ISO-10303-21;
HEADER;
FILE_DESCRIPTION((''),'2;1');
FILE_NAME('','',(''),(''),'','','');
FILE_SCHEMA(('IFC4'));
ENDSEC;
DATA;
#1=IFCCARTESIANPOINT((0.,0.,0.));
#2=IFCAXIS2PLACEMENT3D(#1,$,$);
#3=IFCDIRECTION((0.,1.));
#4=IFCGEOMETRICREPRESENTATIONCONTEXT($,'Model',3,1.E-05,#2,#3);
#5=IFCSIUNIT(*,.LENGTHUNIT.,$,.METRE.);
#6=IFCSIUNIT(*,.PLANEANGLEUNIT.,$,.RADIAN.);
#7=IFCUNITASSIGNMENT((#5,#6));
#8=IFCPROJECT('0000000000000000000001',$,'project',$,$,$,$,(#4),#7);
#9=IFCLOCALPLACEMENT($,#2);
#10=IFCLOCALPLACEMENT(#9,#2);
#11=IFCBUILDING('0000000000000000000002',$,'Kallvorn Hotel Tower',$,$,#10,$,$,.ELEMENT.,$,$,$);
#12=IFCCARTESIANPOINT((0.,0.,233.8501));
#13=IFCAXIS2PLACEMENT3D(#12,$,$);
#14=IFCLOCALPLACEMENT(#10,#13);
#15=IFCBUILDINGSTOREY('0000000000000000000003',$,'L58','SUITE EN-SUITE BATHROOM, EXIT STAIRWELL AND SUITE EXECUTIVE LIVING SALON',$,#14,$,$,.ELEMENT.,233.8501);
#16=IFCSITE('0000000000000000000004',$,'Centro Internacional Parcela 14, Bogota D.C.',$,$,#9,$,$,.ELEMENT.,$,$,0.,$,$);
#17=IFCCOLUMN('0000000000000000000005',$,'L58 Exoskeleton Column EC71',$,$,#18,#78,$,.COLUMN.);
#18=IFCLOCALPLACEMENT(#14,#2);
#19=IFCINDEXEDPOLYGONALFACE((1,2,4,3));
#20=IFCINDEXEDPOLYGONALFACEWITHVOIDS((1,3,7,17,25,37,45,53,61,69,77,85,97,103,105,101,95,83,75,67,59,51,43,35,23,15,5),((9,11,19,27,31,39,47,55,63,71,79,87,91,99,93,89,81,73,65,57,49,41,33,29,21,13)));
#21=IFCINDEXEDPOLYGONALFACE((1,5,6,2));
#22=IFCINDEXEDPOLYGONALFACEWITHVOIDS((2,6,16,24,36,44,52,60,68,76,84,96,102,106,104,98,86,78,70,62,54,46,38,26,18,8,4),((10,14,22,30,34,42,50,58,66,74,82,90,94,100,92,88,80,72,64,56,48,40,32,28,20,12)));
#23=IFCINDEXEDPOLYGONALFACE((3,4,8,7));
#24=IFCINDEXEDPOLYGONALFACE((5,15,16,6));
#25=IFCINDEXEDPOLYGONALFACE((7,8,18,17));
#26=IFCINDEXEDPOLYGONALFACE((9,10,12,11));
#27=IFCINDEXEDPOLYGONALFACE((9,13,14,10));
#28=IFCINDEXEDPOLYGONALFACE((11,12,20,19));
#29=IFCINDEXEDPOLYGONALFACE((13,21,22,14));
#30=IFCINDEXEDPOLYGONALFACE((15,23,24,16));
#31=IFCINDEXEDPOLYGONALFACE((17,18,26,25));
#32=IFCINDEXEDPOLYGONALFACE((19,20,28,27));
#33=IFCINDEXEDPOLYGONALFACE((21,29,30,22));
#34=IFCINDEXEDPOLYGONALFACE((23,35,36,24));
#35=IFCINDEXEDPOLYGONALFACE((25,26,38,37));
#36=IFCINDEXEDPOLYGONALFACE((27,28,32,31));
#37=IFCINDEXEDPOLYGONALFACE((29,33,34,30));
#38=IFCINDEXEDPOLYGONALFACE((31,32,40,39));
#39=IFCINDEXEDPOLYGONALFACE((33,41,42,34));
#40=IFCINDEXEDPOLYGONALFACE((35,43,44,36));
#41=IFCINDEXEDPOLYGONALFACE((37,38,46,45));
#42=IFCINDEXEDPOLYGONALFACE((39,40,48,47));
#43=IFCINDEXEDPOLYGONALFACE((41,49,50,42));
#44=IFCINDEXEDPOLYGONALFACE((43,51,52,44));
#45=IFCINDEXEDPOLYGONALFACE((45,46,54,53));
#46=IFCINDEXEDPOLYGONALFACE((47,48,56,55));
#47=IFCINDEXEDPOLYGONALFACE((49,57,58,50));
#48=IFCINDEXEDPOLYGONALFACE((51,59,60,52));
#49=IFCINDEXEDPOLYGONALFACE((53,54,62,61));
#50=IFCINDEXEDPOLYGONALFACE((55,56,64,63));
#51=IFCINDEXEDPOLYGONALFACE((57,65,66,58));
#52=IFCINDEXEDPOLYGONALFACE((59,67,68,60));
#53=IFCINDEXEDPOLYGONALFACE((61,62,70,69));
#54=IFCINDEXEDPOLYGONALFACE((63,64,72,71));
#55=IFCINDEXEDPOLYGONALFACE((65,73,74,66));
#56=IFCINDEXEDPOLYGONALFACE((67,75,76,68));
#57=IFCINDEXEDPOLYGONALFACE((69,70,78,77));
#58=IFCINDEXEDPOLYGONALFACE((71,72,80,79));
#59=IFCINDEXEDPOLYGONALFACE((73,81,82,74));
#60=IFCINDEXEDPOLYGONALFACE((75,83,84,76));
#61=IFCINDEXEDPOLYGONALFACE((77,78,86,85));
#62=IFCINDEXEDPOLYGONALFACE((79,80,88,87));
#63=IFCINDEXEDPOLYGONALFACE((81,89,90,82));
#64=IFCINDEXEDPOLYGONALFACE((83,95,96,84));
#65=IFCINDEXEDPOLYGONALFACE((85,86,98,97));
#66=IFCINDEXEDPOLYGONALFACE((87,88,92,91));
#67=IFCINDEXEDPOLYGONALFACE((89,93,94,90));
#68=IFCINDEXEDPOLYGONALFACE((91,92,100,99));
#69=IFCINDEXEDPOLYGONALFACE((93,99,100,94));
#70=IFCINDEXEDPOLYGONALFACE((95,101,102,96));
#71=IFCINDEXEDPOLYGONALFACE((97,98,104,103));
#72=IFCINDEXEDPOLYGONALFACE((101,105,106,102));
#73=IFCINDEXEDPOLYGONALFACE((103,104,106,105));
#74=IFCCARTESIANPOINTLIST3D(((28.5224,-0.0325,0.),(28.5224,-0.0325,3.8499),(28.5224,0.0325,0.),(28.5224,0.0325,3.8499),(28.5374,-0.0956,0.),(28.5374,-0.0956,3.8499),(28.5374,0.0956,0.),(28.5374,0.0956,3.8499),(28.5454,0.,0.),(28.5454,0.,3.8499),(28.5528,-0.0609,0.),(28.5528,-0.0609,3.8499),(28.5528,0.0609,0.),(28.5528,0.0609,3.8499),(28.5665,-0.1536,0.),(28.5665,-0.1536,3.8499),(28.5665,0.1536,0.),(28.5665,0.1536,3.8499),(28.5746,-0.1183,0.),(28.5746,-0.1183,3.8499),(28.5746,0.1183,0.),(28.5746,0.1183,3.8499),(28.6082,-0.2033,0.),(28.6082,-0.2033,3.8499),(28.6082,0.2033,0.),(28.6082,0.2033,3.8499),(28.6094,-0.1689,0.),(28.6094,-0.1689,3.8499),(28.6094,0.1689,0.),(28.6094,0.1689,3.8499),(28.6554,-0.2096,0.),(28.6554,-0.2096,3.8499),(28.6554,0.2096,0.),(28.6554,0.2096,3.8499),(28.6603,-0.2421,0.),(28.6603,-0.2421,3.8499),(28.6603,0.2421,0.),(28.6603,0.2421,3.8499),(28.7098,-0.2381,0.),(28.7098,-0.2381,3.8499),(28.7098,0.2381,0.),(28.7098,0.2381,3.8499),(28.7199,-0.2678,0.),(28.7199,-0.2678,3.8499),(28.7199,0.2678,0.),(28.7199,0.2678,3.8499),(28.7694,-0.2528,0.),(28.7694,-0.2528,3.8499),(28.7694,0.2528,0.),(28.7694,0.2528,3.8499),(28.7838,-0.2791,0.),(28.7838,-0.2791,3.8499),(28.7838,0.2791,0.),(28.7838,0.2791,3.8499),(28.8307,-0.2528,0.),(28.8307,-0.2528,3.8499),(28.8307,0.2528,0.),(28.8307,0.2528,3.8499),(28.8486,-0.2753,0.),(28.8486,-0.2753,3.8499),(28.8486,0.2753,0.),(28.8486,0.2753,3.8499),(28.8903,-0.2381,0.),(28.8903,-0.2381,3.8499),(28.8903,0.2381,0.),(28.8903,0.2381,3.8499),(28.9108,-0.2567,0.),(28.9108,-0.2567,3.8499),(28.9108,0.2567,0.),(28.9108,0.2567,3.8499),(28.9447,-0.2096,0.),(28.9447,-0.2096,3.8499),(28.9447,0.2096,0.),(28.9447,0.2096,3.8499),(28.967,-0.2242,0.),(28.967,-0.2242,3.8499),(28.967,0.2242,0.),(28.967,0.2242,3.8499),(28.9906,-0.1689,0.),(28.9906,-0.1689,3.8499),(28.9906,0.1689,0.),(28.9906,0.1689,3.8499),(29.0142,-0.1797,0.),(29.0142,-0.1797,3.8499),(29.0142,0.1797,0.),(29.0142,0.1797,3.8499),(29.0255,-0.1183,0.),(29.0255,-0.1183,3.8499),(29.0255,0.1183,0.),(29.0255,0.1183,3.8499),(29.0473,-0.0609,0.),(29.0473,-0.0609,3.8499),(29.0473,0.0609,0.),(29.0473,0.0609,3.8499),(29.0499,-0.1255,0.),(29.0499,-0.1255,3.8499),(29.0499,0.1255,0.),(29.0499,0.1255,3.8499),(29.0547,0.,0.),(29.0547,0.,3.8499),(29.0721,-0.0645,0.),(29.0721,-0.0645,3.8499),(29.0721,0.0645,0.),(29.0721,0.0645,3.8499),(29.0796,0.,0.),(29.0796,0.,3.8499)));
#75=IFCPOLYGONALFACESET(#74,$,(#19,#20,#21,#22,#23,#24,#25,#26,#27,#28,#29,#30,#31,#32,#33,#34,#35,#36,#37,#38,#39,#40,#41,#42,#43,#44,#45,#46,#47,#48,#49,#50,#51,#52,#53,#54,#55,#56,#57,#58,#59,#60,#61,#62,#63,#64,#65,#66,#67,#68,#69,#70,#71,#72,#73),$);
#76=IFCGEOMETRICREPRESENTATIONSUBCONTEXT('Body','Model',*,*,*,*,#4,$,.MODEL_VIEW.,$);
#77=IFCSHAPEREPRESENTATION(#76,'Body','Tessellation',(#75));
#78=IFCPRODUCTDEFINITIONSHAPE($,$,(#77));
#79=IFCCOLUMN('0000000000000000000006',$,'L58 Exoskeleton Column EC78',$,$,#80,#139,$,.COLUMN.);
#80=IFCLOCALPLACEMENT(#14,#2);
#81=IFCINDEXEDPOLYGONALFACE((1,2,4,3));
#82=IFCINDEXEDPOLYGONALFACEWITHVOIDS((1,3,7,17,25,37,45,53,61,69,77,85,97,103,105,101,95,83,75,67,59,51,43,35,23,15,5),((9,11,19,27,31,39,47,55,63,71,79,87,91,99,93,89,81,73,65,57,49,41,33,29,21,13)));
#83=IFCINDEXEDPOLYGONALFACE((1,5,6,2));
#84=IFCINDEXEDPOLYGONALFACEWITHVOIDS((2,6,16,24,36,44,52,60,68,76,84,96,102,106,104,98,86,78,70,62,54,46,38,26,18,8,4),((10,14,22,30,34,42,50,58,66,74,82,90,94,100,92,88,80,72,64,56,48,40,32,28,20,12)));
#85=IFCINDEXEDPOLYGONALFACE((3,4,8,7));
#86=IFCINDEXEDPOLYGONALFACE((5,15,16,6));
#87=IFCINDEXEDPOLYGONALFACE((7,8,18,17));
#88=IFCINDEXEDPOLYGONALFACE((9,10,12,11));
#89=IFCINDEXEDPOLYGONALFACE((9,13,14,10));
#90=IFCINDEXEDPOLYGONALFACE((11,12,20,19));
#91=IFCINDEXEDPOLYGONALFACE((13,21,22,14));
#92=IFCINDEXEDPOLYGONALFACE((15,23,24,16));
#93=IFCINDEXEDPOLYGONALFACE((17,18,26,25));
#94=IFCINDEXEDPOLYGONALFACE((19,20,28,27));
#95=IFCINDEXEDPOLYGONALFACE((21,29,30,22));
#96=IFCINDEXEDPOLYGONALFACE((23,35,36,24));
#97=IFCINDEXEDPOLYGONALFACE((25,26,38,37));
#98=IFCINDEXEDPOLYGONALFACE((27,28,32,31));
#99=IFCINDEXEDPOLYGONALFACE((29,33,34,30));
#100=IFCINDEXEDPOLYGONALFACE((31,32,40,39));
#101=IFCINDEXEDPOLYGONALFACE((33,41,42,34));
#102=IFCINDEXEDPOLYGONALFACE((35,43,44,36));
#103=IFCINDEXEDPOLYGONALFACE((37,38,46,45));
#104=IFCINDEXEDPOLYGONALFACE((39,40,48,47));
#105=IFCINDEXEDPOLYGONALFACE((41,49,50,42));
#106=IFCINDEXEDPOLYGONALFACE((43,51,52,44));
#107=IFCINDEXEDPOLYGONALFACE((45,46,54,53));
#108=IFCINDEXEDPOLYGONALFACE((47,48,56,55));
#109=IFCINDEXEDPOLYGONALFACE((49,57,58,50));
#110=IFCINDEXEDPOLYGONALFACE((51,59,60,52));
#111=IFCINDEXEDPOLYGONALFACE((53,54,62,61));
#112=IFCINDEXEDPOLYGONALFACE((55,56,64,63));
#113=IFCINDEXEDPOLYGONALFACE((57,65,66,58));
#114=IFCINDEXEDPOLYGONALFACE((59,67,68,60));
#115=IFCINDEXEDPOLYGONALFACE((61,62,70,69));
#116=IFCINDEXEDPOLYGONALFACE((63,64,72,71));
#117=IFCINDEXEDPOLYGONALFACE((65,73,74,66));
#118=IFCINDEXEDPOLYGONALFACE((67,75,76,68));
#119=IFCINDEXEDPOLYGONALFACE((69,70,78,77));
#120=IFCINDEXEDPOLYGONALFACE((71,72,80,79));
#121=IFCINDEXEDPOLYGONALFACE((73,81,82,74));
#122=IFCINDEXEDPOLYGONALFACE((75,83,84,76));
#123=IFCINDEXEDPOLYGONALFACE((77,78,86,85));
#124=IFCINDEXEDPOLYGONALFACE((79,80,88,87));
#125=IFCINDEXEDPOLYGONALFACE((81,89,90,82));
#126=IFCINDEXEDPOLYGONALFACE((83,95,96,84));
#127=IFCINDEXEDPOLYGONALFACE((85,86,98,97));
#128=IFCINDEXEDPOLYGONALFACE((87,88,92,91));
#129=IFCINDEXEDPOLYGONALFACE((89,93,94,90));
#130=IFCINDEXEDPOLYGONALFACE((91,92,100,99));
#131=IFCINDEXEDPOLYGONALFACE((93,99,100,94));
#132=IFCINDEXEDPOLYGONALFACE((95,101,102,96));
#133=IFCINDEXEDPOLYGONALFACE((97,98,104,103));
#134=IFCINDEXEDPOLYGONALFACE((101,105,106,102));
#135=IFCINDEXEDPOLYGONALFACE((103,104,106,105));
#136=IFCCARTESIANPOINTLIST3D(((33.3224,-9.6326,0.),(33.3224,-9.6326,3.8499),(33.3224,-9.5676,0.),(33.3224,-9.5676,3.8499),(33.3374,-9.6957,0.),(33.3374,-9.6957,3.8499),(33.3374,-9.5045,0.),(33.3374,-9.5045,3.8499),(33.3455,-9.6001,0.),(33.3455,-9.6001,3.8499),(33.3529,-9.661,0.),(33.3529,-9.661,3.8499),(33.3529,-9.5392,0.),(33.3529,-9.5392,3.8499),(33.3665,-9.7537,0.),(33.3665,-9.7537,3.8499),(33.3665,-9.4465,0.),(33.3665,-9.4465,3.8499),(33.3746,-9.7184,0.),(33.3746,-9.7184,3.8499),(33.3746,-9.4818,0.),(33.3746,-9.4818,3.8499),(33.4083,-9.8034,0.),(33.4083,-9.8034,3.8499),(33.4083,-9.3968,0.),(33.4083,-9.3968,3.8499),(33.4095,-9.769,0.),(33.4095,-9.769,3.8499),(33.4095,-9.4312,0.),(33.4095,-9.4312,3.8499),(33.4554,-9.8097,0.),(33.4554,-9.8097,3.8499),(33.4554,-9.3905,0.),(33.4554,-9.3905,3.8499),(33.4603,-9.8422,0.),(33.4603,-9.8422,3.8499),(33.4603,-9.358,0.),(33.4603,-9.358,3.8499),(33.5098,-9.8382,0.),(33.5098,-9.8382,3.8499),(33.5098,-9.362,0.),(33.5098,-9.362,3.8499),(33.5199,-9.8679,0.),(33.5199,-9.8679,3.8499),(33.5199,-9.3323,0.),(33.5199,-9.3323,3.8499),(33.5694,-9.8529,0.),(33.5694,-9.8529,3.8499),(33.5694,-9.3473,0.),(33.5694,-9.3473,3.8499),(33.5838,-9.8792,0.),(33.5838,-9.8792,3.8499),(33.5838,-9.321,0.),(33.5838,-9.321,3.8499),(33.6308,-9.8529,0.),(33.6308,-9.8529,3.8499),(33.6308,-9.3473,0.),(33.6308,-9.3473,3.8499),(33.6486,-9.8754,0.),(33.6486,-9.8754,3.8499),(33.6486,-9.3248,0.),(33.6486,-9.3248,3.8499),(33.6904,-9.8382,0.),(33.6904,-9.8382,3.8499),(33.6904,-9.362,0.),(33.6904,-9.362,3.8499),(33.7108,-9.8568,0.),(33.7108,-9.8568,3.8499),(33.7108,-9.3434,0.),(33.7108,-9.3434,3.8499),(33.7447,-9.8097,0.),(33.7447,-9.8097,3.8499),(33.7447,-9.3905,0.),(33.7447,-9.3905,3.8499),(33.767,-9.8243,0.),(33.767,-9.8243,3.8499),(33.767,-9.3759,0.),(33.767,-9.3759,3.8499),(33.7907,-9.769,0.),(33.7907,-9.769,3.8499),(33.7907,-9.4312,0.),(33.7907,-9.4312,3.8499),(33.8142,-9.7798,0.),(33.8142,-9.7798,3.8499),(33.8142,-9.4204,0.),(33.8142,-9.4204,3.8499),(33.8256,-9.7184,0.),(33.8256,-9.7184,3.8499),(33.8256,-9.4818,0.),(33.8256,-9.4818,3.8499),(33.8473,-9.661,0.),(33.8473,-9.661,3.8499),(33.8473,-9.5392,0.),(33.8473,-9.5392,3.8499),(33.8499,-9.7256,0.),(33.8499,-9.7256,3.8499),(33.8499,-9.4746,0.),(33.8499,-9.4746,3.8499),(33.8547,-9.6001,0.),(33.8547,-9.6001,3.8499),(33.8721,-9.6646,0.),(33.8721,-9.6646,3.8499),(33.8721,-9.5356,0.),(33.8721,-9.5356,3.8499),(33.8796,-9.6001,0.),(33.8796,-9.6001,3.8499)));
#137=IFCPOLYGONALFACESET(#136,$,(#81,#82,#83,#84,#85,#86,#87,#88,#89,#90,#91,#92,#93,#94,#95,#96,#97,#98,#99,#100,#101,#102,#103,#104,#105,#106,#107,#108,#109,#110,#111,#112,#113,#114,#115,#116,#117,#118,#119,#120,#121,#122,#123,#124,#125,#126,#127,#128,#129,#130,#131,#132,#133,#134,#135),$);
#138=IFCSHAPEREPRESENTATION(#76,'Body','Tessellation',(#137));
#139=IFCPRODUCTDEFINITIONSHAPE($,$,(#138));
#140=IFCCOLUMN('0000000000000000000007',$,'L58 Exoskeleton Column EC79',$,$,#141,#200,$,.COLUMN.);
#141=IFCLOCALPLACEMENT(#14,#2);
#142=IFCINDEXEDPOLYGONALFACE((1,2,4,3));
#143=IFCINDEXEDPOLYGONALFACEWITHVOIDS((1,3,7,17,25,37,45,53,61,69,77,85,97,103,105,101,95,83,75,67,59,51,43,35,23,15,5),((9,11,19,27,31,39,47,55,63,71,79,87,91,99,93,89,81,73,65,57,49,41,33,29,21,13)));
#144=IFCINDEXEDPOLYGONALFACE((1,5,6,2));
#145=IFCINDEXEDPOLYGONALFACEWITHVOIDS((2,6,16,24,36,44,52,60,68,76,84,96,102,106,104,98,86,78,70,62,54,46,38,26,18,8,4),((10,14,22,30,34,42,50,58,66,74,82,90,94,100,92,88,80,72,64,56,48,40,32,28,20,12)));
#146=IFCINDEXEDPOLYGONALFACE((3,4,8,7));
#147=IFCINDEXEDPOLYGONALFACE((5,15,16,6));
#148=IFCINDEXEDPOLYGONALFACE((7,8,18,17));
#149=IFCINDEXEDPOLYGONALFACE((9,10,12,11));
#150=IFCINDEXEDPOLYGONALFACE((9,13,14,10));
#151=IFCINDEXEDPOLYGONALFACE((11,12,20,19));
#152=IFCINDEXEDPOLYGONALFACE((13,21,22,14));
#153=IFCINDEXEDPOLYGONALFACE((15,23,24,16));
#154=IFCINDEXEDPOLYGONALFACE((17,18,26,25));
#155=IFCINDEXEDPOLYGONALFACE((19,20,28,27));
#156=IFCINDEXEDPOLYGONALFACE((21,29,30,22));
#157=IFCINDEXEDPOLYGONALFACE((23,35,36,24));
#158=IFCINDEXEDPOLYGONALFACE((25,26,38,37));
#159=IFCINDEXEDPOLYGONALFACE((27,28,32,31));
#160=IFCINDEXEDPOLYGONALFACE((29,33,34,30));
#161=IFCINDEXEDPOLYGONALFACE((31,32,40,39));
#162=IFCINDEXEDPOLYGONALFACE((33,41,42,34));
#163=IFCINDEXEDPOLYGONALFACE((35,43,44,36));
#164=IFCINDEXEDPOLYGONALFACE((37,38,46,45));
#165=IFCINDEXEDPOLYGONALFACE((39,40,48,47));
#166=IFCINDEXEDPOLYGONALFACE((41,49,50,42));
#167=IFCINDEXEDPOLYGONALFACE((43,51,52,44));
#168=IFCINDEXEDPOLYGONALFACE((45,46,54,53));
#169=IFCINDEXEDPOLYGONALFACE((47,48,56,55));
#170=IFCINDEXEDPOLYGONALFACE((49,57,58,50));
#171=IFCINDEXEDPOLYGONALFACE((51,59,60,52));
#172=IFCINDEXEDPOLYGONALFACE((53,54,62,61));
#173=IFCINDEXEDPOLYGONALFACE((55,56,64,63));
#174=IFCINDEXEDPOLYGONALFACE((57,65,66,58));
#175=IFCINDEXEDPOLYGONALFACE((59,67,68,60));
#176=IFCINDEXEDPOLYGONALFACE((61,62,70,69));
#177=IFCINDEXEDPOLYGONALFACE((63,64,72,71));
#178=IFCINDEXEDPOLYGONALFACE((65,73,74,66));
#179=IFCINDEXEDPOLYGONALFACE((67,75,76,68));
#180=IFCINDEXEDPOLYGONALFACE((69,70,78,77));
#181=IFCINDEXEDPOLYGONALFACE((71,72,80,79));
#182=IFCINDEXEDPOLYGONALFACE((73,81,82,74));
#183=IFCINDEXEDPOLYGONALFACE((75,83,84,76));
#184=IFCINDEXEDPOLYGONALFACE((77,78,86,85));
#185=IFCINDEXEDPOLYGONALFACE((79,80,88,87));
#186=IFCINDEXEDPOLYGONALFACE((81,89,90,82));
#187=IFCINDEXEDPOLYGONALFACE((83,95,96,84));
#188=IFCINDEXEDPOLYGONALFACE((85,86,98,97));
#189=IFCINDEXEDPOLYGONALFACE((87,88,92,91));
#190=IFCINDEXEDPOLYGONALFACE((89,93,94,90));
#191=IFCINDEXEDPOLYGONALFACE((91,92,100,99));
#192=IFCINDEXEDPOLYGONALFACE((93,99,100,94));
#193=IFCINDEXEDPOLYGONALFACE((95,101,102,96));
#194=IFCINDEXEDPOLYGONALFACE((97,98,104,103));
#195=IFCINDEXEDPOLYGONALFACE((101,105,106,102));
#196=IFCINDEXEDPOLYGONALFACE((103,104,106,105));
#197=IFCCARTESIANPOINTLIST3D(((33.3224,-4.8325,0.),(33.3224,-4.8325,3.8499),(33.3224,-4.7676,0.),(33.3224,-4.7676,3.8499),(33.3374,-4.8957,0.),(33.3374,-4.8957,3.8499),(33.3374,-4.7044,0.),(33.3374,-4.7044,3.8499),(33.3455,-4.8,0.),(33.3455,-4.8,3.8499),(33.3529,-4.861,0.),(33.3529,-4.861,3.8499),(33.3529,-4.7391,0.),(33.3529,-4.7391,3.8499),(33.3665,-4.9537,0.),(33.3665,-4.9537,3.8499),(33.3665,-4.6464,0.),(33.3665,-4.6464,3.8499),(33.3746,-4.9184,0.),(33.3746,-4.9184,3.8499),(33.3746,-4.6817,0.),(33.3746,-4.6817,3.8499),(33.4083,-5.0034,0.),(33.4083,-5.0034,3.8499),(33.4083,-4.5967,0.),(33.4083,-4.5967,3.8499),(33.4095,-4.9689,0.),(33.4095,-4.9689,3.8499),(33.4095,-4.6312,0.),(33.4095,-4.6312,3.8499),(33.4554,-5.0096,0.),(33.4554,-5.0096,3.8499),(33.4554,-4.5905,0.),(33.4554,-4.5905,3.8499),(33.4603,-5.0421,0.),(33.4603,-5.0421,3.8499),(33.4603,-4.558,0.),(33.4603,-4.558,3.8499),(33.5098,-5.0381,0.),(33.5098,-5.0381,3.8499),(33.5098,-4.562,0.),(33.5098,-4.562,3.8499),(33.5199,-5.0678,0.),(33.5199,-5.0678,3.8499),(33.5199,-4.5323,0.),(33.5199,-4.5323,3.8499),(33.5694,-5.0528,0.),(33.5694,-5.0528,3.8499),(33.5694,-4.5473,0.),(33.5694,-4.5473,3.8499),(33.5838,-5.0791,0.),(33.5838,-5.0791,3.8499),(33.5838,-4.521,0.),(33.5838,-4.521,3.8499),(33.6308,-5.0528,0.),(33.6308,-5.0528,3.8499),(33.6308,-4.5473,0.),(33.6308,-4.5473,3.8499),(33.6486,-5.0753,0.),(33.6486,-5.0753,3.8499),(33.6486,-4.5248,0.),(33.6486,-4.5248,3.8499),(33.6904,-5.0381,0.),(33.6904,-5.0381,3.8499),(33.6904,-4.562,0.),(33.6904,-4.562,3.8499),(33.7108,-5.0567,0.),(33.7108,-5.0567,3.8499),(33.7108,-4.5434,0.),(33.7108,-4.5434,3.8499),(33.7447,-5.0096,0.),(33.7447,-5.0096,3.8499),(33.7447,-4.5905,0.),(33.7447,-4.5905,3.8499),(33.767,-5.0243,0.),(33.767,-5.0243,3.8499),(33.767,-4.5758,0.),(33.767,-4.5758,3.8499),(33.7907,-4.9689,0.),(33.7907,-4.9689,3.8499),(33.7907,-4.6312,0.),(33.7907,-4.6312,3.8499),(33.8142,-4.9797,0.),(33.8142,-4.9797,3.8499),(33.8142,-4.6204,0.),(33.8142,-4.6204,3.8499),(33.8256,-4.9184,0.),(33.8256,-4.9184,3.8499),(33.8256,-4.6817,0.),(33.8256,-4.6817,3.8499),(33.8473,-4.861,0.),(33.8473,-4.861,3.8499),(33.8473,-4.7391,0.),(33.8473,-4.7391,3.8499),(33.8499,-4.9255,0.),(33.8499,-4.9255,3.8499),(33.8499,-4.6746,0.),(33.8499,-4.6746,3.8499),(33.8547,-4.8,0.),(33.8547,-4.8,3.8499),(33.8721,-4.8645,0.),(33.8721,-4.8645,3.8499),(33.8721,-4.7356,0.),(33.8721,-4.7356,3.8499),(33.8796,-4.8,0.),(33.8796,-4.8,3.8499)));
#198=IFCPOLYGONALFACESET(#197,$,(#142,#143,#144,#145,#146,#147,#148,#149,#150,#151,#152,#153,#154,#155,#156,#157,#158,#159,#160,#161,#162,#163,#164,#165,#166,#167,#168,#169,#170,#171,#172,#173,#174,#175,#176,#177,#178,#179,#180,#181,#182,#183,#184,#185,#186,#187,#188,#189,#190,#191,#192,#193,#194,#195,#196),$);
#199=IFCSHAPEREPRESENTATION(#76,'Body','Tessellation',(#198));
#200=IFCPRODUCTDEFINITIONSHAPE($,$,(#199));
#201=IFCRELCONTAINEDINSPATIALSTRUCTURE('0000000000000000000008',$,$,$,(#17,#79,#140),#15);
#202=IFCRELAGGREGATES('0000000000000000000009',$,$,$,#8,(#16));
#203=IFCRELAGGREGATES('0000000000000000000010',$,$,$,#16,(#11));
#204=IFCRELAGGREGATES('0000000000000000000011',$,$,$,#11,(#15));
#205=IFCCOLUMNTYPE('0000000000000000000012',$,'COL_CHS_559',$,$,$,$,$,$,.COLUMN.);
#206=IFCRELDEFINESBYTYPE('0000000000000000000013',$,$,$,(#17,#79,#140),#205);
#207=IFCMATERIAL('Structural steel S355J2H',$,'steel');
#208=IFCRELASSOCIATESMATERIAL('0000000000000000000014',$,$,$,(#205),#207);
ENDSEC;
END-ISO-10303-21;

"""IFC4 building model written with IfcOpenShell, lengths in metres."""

from ifc_helpers import new_model, si_unit, direction, frame, origin, origin_2d, place, context, subcontext, project, spatial, hollow_circle, extrude, material, material_profile, profile_set, type_object, element, save


model = new_model("IFC4")

# Units and contexts
model_context = context("Model", 3, precision=1e-05, world=origin(), true_north=direction((0.0, 1.0)))
body_context = subcontext(model_context, "Body", "Model", "MODEL_VIEW")
ifc_project = project(units=[si_unit("LENGTHUNIT", "METRE"), si_unit("PLANEANGLEUNIT", "RADIAN")], contexts=[model_context])

# Site, building, storey
site_placement = place(None, origin())
site = spatial("IfcSite", under=ifc_project, at=site_placement, Name="Centro Internacional Parcela 14, Bogota D.C.", CompositionType="ELEMENT", RefElevation=0.0)
building_placement = place(site_placement, origin())
building = spatial("IfcBuilding", under=site, at=building_placement, Name="Kallvorn Hotel Tower", CompositionType="ELEMENT")
storey_placement = place(building_placement, frame((0.0, 0.0, 233.8501)))
storey = spatial("IfcBuildingStorey", under=building, at=storey_placement, Name="L58", Description="SUITE EN-SUITE BATHROOM, EXIT STAIRWELL AND SUITE EXECUTIVE LIVING SALON", CompositionType="ELEMENT", Elevation=233.8501)

# Columns
ifc_material_1 = material(Name="Structural steel S355J2H", Category="steel")
ifc_material_profile_1 = material_profile(ifc_material_1, hollow_circle(Radius=0.2795, WallThickness=0.0249, at=origin_2d()), Name="CHS 559x25")
ifc_profile_set_1 = profile_set([ifc_material_profile_1], Name="Structural steel S355J2H")
column_type_1 = type_object("IfcColumnType", Name="COL_CHS_559", PredefinedType="COLUMN", material=ifc_profile_set_1)
for number, where, z_axis, x_axis, name in (
    (1, (28.8, 0.0, 0.0), (0.0, 0.0, 1.0), (1.0, 0.0, 0.0), "L58 Exoskeleton Column EC71"),
    (2, (33.6001, -9.6001, 0.0), (0.0, 0.0, 1.0), (1.0, 0.0, 0.0), "L58 Exoskeleton Column EC78"),
    (3, (33.6001, -4.8, 0.0), (0.0, 0.0, 1.0), (1.0, 0.0, 0.0), "L58 Exoskeleton Column EC79"),
):
    element("IfcColumn", number, at=place(storey_placement, frame(where, z_axis=z_axis, x_axis=x_axis)), inside=storey, type_object=column_type_1, Name=name, PredefinedType="COLUMN", context=body_context, shape_type="SweptSolid", body=[
        extrude(hollow_circle(Radius=0.2795, WallThickness=0.0249, at=origin_2d()), origin(), (0.0, 0.0, 1.0), 3.8499),
    ])

save(model, "model.ifc")
